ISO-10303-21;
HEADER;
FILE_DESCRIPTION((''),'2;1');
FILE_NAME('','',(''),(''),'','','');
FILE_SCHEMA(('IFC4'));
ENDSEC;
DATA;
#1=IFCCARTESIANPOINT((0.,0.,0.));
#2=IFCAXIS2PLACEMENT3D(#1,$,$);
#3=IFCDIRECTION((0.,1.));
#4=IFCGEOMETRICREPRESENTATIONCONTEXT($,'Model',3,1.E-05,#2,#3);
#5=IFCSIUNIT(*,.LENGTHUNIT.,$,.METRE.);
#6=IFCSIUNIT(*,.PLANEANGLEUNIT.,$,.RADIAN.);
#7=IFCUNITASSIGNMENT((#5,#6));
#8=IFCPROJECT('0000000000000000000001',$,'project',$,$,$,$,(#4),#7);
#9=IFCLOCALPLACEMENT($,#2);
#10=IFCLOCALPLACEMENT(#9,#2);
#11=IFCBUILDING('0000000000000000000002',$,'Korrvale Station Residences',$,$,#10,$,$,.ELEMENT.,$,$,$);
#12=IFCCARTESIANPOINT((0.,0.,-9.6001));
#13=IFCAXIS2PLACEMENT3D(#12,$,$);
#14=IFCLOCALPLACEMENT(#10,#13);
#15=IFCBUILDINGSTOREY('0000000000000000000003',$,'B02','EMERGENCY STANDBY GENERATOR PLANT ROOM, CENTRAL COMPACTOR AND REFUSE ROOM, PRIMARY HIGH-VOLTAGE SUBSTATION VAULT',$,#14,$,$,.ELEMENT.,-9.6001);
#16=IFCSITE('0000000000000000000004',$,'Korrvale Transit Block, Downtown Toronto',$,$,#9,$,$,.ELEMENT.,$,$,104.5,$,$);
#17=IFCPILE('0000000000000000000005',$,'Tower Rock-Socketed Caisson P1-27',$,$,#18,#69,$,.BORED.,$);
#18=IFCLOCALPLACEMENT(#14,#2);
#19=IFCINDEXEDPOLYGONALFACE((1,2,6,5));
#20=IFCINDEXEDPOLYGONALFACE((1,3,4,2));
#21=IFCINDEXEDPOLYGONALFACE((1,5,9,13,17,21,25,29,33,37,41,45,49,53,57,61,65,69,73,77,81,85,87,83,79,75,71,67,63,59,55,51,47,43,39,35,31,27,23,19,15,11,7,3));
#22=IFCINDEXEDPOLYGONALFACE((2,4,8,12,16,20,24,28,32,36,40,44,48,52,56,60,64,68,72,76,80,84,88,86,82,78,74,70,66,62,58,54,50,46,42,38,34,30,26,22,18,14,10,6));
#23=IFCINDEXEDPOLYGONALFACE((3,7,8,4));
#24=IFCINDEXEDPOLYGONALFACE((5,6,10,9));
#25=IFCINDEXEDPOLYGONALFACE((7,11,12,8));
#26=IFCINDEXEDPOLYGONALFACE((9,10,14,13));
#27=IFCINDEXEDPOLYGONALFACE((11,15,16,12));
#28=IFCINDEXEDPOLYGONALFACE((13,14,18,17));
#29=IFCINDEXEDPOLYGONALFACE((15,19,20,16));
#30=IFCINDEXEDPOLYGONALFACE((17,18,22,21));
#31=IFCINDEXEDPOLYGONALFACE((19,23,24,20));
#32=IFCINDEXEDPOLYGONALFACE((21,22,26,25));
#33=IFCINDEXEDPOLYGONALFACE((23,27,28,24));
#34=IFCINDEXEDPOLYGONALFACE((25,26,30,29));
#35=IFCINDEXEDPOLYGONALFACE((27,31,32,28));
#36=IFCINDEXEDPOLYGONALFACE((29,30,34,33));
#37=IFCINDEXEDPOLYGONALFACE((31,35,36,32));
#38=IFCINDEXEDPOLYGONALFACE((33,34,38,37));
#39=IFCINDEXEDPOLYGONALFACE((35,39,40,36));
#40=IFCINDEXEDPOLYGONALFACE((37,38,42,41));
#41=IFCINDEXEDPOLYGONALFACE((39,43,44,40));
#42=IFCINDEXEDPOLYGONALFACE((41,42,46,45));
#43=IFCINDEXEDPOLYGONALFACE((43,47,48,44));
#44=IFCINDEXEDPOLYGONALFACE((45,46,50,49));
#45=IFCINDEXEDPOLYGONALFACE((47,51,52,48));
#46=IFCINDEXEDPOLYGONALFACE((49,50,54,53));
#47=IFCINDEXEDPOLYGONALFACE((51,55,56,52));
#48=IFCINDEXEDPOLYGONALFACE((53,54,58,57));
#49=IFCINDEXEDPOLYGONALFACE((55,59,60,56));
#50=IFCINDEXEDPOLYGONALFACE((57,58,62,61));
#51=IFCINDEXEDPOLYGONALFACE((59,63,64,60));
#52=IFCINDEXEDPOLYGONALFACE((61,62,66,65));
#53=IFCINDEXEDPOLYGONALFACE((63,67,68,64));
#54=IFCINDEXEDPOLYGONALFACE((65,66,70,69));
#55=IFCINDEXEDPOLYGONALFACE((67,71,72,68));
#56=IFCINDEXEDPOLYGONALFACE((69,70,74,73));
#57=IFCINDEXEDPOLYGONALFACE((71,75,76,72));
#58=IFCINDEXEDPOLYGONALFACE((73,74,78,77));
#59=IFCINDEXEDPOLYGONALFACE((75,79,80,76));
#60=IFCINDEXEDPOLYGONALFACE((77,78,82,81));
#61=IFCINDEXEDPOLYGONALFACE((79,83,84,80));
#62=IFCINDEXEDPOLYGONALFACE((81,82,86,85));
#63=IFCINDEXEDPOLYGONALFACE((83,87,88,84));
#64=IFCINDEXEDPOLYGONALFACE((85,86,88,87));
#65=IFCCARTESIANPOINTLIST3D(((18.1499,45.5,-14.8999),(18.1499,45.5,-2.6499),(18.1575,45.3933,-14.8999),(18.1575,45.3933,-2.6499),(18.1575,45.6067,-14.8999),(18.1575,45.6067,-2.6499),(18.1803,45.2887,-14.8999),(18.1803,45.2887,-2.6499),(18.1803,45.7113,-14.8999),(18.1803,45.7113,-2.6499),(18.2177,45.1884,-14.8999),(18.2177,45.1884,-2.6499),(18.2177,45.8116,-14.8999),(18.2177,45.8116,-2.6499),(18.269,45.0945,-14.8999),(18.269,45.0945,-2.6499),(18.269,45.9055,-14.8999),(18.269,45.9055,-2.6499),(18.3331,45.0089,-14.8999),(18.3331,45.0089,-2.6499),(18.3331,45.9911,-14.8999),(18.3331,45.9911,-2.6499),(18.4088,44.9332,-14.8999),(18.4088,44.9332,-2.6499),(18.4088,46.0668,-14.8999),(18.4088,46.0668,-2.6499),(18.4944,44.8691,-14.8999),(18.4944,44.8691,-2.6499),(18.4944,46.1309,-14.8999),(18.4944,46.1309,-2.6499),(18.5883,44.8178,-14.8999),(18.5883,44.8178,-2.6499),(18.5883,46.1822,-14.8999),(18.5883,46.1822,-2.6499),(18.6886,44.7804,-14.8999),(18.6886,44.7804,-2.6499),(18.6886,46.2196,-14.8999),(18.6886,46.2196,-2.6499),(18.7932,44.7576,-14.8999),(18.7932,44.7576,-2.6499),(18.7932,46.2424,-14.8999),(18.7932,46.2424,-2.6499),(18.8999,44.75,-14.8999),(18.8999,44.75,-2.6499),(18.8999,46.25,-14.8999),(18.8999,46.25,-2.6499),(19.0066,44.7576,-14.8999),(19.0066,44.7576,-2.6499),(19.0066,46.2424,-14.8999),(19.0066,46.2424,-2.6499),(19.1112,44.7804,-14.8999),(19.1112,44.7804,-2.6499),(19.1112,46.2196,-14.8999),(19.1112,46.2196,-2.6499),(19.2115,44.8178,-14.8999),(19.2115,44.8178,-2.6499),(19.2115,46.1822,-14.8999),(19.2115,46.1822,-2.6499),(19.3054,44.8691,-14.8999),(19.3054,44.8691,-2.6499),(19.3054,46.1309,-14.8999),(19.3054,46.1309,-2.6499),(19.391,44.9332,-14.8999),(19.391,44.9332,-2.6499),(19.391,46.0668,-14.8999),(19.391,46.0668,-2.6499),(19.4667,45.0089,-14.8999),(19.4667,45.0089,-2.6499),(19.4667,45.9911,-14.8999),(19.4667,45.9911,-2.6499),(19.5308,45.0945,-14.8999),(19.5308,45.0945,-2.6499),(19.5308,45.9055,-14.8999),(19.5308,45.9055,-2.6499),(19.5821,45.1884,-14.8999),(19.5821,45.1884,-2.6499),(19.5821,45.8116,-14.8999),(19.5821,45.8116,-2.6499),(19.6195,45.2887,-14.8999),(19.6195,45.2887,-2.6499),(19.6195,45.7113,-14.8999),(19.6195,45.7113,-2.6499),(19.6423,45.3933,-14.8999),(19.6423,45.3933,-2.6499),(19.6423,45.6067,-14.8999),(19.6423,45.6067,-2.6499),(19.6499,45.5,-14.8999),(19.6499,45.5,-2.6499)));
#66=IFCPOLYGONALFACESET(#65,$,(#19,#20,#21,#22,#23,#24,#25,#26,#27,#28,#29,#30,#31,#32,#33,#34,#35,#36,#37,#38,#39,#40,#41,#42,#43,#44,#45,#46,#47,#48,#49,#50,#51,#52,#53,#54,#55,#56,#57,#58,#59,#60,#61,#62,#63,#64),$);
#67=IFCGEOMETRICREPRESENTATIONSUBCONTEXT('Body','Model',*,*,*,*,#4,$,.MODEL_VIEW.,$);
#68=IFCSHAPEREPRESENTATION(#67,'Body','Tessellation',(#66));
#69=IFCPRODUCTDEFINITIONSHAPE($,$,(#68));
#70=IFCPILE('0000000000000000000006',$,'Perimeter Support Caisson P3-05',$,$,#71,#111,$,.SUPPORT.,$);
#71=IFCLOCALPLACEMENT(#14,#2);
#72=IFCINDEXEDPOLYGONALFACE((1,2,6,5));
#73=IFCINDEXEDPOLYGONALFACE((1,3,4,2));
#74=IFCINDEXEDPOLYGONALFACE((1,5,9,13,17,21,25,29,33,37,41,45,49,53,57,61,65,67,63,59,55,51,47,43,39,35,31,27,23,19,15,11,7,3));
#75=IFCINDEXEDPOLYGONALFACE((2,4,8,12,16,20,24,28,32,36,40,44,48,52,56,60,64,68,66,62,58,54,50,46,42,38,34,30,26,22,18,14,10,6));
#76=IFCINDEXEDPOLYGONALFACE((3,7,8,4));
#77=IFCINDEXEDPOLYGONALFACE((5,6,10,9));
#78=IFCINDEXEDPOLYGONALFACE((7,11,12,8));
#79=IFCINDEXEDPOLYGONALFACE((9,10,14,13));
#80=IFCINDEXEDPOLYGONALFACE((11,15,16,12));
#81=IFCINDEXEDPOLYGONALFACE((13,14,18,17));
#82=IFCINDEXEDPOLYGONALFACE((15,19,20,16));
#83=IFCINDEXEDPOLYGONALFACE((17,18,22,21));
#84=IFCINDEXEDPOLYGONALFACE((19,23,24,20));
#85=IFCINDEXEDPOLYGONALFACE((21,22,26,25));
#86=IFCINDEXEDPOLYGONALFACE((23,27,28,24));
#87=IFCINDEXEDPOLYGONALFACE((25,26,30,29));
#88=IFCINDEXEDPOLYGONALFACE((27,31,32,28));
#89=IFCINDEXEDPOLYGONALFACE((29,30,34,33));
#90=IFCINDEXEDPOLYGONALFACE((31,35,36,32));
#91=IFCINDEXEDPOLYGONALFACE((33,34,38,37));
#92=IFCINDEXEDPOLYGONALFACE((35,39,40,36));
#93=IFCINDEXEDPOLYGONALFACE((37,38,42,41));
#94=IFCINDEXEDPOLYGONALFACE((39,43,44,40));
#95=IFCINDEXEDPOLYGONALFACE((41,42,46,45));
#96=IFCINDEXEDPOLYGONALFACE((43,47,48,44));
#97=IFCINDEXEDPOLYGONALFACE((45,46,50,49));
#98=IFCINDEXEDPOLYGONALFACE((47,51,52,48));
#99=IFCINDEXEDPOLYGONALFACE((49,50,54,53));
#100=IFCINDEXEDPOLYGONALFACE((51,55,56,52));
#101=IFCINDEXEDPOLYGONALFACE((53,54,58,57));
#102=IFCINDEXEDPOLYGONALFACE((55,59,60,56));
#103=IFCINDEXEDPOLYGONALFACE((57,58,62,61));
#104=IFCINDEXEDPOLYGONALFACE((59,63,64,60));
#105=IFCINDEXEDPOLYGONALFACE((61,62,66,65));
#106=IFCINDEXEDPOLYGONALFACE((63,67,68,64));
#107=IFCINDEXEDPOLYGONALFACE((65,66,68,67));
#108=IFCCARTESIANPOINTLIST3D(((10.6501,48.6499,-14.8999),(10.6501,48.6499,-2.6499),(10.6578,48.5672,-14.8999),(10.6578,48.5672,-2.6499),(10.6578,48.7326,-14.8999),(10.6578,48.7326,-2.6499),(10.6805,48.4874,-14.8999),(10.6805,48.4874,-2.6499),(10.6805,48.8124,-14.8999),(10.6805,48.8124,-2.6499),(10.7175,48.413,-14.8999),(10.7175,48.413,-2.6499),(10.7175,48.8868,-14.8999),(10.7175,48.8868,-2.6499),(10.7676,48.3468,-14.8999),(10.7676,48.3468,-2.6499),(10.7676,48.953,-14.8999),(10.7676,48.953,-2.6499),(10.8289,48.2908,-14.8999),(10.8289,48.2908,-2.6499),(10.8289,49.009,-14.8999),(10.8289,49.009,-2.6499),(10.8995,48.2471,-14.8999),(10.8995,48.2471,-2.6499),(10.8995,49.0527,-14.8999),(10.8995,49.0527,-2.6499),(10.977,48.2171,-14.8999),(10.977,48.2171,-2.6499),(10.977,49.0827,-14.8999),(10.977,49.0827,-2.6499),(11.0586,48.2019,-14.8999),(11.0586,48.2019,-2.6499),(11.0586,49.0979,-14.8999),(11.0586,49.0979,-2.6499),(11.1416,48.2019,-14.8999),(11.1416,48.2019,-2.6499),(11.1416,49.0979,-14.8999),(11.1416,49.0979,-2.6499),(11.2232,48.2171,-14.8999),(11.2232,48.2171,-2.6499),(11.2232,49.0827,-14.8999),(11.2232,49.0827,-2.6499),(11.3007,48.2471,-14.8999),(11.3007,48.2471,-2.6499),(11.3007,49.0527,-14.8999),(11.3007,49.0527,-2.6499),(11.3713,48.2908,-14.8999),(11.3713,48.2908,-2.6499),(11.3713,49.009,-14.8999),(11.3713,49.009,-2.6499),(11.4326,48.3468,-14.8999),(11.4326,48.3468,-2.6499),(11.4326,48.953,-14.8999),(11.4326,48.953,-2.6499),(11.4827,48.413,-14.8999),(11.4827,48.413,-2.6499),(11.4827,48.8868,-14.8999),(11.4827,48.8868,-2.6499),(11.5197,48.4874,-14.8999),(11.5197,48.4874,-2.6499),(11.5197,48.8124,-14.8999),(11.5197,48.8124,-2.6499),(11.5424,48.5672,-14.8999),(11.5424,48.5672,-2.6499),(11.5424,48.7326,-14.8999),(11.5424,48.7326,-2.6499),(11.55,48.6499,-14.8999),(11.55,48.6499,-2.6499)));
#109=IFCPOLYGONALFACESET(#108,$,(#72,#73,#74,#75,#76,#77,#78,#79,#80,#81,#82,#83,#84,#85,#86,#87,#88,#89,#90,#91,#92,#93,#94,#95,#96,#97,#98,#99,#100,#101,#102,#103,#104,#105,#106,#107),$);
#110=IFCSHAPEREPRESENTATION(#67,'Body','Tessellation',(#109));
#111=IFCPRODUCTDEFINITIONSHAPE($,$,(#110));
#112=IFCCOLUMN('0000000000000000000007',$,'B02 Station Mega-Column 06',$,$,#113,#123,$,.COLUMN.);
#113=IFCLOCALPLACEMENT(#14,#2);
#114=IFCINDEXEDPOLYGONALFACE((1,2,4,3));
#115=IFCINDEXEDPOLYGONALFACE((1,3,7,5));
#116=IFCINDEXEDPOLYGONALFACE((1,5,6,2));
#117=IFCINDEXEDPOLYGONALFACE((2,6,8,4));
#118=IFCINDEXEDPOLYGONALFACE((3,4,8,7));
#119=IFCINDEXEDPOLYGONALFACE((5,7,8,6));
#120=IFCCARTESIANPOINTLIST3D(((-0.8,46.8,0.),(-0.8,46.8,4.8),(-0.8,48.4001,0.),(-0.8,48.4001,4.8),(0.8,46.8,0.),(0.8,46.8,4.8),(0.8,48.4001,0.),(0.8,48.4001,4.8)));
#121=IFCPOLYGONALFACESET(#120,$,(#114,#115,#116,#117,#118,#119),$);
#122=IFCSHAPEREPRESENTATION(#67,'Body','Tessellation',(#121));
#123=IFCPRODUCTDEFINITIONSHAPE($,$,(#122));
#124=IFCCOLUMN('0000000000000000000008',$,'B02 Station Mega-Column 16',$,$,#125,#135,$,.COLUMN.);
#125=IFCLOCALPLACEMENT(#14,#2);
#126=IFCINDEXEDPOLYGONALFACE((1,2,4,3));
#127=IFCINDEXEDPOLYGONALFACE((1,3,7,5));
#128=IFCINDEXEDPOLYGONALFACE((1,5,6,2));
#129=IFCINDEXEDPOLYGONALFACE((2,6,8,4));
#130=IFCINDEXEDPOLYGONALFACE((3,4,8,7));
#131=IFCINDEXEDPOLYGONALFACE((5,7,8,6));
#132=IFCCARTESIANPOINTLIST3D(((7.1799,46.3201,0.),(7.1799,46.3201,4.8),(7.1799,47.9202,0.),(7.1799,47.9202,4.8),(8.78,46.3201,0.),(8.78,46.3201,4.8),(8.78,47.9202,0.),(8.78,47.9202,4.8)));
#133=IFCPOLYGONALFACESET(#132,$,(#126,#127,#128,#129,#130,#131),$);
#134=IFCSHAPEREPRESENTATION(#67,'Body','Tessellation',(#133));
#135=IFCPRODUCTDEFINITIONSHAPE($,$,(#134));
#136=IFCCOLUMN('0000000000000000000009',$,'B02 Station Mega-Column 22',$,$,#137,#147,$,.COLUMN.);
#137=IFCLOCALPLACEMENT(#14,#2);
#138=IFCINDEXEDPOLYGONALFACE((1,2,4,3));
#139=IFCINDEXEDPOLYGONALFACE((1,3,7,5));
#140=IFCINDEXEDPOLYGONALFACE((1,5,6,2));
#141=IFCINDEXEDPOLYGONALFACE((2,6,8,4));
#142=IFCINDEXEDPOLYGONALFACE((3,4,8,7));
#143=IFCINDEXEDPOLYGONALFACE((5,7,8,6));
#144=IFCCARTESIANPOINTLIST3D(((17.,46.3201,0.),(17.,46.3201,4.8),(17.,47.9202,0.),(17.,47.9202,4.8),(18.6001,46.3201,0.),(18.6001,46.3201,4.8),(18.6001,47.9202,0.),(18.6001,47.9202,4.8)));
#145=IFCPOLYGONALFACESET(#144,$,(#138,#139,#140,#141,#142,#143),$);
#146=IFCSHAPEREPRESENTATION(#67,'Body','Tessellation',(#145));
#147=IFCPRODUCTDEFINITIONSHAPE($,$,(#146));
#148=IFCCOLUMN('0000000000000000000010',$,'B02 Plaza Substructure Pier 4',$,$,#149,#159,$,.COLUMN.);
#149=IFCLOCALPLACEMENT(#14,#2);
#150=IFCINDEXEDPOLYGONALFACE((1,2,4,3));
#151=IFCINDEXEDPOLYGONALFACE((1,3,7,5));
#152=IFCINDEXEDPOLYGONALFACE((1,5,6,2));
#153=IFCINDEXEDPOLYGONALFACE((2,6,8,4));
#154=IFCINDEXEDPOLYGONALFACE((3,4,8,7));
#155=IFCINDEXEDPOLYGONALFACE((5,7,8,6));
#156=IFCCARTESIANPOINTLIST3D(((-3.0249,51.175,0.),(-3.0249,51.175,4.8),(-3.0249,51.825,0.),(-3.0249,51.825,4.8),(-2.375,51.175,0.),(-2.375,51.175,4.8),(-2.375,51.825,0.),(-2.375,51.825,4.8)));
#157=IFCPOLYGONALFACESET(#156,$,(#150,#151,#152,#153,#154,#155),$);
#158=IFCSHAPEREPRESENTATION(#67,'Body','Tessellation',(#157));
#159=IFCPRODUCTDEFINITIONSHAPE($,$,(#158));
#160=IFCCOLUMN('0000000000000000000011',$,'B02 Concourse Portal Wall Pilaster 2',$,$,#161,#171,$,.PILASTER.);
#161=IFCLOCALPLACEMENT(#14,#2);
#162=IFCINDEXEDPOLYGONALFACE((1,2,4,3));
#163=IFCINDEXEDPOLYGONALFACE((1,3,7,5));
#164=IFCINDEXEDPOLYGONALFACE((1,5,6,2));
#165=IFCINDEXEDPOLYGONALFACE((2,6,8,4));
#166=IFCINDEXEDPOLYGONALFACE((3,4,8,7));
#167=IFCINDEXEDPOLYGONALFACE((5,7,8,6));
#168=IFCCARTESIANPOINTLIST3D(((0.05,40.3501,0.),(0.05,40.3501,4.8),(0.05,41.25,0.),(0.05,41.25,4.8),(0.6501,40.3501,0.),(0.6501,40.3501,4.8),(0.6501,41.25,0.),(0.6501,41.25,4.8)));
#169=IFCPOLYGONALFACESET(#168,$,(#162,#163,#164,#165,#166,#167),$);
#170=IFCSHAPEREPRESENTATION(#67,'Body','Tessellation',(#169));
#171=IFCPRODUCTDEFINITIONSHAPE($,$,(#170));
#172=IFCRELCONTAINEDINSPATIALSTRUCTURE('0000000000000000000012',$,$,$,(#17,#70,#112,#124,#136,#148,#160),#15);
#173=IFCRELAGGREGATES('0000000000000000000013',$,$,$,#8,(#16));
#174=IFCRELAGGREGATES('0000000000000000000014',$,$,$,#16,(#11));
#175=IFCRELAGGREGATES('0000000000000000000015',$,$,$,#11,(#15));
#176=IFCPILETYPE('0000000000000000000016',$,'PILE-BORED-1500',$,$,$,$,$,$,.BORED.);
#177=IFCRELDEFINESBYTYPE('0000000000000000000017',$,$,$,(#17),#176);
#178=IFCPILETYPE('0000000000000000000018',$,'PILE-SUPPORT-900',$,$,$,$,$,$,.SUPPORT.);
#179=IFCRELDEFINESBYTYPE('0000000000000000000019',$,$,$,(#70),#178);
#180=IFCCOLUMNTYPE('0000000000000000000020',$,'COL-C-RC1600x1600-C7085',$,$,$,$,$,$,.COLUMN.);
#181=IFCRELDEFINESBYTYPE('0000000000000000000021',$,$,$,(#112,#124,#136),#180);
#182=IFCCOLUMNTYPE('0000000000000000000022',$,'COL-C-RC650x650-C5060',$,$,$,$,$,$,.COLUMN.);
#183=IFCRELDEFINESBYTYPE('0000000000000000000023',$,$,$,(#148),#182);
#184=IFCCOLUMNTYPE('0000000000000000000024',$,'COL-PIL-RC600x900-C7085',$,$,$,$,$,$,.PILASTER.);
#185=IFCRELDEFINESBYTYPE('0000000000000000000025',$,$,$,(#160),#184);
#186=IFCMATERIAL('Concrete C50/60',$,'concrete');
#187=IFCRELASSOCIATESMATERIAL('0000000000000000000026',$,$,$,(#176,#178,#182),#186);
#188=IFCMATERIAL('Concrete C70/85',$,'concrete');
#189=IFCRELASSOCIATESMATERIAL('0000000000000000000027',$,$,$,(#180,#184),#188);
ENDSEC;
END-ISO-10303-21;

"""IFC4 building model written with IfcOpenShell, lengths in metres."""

from ifc_helpers import new_model, si_unit, direction, frame, origin, origin_2d, place, context, subcontext, project, spatial, rectangle, circle, extrude, material, material_profile, profile_set, type_object, element, save


model = new_model("IFC4")

# Units and contexts
model_context = context("Model", 3, precision=1e-05, world=origin(), true_north=direction((0.0, 1.0)))
body_context = subcontext(model_context, "Body", "Model", "MODEL_VIEW")
ifc_project = project(units=[si_unit("LENGTHUNIT", "METRE"), si_unit("PLANEANGLEUNIT", "RADIAN")], contexts=[model_context])

# Site, building, storey
site_placement = place(None, origin())
site = spatial("IfcSite", under=ifc_project, at=site_placement, Name="Korrvale Transit Block, Downtown Toronto", CompositionType="ELEMENT", RefElevation=104.5)
building_placement = place(site_placement, origin())
building = spatial("IfcBuilding", under=site, at=building_placement, Name="Korrvale Station Residences", CompositionType="ELEMENT")
storey_placement = place(building_placement, frame((0.0, 0.0, -9.6001)))
storey = spatial("IfcBuildingStorey", under=building, at=storey_placement, Name="B02", Description="EMERGENCY STANDBY GENERATOR PLANT ROOM, CENTRAL COMPACTOR AND REFUSE ROOM, PRIMARY HIGH-VOLTAGE SUBSTATION VAULT", CompositionType="ELEMENT", Elevation=-9.6001)

# Piles
ifc_material_1 = material(Name="Concrete C50/60", Category="concrete")
ifc_material_profile_1 = material_profile(ifc_material_1, circle(Radius=0.75, at=origin_2d()), Name="PILE1500")
ifc_profile_set_1 = profile_set([ifc_material_profile_1], Name="Concrete C50/60")
pile_type_1 = type_object("IfcPileType", Name="PILE-BORED-1500", PredefinedType="BORED", material=ifc_profile_set_1)
for number, where, z_axis, x_axis, name in (
    (1, (18.8999, 45.5, -2.6499), (0.0, 0.0, -1.0), (1.0, 0.0, 0.0), "Tower Rock-Socketed Caisson P1-27"),
):
    element("IfcPile", number, at=place(storey_placement, frame(where, z_axis=z_axis, x_axis=x_axis)), inside=storey, type_object=pile_type_1, Name=name, PredefinedType="BORED", context=body_context, shape_type="SweptSolid", body=[
        extrude(circle(Radius=0.75, at=origin_2d()), origin(), (0.0, 0.0, 1.0), 12.25),
    ])
ifc_material_profile_2 = material_profile(ifc_material_1, circle(Radius=0.45, at=origin_2d()), Name="PILE900")
ifc_profile_set_2 = profile_set([ifc_material_profile_2], Name="Concrete C50/60")
pile_type_2 = type_object("IfcPileType", Name="PILE-SUPPORT-900", PredefinedType="SUPPORT", material=ifc_profile_set_2)
pile_placement = place(storey_placement, frame((11.1001, 48.6499, -2.6499), z_axis=(0.0, 0.0, -1.0), x_axis=(1.0, 0.0, 0.0)))
element("IfcPile", 2, at=pile_placement, inside=storey, type_object=pile_type_2, Name="Perimeter Support Caisson P3-05", PredefinedType="SUPPORT", context=body_context, shape_type="SweptSolid", body=[
    extrude(circle(Radius=0.45, at=origin_2d()), origin(), (0.0, 0.0, 1.0), 12.25),
])

# Columns
ifc_material_2 = material(Name="Concrete C70/85", Category="concrete")
ifc_material_profile_3 = material_profile(ifc_material_2, rectangle(XDim=1.6001, YDim=1.6001, at=origin_2d()), Name="RC1600x1600")
ifc_profile_set_3 = profile_set([ifc_material_profile_3], Name="Concrete C70/85")
column_type_1 = type_object("IfcColumnType", Name="COL-C-RC1600x1600-C7085", PredefinedType="COLUMN", material=ifc_profile_set_3)
for number, where, z_axis, x_axis, name in (
    (3, (0.0, 47.6001, 0.0), (0.0, 0.0, 1.0), (1.0, 0.0, 0.0), "B02 Station Mega-Column 06"),
    (4, (7.98, 47.1201, 0.0), (0.0, 0.0, 1.0), (1.0, 0.0, 0.0), "B02 Station Mega-Column 16"),
    (5, (17.8, 47.1201, 0.0), (0.0, 0.0, 1.0), (1.0, 0.0, 0.0), "B02 Station Mega-Column 22"),
):
    element("IfcColumn", number, at=place(storey_placement, frame(where, z_axis=z_axis, x_axis=x_axis)), inside=storey, type_object=column_type_1, Name=name, PredefinedType="COLUMN", context=body_context, shape_type="SweptSolid", body=[
        extrude(rectangle(XDim=1.6001, YDim=1.6001, at=origin_2d()), origin(), (0.0, 0.0, 1.0), 4.8),
    ])
ifc_material_profile_4 = material_profile(ifc_material_1, rectangle(XDim=0.6499, YDim=0.6499, at=origin_2d()), Name="RC650x650")
ifc_profile_set_4 = profile_set([ifc_material_profile_4], Name="Concrete C50/60")
column_type_2 = type_object("IfcColumnType", Name="COL-C-RC650x650-C5060", PredefinedType="COLUMN", material=ifc_profile_set_4)
column_1_placement = place(storey_placement, frame((-2.7, 51.5, 0.0), z_axis=(0.0, 0.0, 1.0), x_axis=(1.0, 0.0, 0.0)))
element("IfcColumn", 6, at=column_1_placement, inside=storey, type_object=column_type_2, Name="B02 Plaza Substructure Pier 4", PredefinedType="COLUMN", context=body_context, shape_type="SweptSolid", body=[
    extrude(rectangle(XDim=0.6499, YDim=0.6499, at=origin_2d()), origin(), (0.0, 0.0, 1.0), 4.8),
])
ifc_material_profile_5 = material_profile(ifc_material_2, rectangle(XDim=0.6001, YDim=0.8999, at=origin_2d()), Name="RC600x900")
ifc_profile_set_5 = profile_set([ifc_material_profile_5], Name="Concrete C70/85")
column_type_3 = type_object("IfcColumnType", Name="COL-PIL-RC600x900-C7085", PredefinedType="PILASTER", material=ifc_profile_set_5)
column_2_placement = place(storey_placement, frame((0.3501, 40.8, 0.0), z_axis=(0.0, 0.0, 1.0), x_axis=(1.0, 0.0, 0.0)))
element("IfcColumn", 7, at=column_2_placement, inside=storey, type_object=column_type_3, Name="B02 Concourse Portal Wall Pilaster 2", PredefinedType="PILASTER", context=body_context, shape_type="SweptSolid", body=[
    extrude(rectangle(XDim=0.6001, YDim=0.8999, at=origin_2d()), origin(), (0.0, 0.0, 1.0), 4.8),
])

save(model, "model.ifc")
